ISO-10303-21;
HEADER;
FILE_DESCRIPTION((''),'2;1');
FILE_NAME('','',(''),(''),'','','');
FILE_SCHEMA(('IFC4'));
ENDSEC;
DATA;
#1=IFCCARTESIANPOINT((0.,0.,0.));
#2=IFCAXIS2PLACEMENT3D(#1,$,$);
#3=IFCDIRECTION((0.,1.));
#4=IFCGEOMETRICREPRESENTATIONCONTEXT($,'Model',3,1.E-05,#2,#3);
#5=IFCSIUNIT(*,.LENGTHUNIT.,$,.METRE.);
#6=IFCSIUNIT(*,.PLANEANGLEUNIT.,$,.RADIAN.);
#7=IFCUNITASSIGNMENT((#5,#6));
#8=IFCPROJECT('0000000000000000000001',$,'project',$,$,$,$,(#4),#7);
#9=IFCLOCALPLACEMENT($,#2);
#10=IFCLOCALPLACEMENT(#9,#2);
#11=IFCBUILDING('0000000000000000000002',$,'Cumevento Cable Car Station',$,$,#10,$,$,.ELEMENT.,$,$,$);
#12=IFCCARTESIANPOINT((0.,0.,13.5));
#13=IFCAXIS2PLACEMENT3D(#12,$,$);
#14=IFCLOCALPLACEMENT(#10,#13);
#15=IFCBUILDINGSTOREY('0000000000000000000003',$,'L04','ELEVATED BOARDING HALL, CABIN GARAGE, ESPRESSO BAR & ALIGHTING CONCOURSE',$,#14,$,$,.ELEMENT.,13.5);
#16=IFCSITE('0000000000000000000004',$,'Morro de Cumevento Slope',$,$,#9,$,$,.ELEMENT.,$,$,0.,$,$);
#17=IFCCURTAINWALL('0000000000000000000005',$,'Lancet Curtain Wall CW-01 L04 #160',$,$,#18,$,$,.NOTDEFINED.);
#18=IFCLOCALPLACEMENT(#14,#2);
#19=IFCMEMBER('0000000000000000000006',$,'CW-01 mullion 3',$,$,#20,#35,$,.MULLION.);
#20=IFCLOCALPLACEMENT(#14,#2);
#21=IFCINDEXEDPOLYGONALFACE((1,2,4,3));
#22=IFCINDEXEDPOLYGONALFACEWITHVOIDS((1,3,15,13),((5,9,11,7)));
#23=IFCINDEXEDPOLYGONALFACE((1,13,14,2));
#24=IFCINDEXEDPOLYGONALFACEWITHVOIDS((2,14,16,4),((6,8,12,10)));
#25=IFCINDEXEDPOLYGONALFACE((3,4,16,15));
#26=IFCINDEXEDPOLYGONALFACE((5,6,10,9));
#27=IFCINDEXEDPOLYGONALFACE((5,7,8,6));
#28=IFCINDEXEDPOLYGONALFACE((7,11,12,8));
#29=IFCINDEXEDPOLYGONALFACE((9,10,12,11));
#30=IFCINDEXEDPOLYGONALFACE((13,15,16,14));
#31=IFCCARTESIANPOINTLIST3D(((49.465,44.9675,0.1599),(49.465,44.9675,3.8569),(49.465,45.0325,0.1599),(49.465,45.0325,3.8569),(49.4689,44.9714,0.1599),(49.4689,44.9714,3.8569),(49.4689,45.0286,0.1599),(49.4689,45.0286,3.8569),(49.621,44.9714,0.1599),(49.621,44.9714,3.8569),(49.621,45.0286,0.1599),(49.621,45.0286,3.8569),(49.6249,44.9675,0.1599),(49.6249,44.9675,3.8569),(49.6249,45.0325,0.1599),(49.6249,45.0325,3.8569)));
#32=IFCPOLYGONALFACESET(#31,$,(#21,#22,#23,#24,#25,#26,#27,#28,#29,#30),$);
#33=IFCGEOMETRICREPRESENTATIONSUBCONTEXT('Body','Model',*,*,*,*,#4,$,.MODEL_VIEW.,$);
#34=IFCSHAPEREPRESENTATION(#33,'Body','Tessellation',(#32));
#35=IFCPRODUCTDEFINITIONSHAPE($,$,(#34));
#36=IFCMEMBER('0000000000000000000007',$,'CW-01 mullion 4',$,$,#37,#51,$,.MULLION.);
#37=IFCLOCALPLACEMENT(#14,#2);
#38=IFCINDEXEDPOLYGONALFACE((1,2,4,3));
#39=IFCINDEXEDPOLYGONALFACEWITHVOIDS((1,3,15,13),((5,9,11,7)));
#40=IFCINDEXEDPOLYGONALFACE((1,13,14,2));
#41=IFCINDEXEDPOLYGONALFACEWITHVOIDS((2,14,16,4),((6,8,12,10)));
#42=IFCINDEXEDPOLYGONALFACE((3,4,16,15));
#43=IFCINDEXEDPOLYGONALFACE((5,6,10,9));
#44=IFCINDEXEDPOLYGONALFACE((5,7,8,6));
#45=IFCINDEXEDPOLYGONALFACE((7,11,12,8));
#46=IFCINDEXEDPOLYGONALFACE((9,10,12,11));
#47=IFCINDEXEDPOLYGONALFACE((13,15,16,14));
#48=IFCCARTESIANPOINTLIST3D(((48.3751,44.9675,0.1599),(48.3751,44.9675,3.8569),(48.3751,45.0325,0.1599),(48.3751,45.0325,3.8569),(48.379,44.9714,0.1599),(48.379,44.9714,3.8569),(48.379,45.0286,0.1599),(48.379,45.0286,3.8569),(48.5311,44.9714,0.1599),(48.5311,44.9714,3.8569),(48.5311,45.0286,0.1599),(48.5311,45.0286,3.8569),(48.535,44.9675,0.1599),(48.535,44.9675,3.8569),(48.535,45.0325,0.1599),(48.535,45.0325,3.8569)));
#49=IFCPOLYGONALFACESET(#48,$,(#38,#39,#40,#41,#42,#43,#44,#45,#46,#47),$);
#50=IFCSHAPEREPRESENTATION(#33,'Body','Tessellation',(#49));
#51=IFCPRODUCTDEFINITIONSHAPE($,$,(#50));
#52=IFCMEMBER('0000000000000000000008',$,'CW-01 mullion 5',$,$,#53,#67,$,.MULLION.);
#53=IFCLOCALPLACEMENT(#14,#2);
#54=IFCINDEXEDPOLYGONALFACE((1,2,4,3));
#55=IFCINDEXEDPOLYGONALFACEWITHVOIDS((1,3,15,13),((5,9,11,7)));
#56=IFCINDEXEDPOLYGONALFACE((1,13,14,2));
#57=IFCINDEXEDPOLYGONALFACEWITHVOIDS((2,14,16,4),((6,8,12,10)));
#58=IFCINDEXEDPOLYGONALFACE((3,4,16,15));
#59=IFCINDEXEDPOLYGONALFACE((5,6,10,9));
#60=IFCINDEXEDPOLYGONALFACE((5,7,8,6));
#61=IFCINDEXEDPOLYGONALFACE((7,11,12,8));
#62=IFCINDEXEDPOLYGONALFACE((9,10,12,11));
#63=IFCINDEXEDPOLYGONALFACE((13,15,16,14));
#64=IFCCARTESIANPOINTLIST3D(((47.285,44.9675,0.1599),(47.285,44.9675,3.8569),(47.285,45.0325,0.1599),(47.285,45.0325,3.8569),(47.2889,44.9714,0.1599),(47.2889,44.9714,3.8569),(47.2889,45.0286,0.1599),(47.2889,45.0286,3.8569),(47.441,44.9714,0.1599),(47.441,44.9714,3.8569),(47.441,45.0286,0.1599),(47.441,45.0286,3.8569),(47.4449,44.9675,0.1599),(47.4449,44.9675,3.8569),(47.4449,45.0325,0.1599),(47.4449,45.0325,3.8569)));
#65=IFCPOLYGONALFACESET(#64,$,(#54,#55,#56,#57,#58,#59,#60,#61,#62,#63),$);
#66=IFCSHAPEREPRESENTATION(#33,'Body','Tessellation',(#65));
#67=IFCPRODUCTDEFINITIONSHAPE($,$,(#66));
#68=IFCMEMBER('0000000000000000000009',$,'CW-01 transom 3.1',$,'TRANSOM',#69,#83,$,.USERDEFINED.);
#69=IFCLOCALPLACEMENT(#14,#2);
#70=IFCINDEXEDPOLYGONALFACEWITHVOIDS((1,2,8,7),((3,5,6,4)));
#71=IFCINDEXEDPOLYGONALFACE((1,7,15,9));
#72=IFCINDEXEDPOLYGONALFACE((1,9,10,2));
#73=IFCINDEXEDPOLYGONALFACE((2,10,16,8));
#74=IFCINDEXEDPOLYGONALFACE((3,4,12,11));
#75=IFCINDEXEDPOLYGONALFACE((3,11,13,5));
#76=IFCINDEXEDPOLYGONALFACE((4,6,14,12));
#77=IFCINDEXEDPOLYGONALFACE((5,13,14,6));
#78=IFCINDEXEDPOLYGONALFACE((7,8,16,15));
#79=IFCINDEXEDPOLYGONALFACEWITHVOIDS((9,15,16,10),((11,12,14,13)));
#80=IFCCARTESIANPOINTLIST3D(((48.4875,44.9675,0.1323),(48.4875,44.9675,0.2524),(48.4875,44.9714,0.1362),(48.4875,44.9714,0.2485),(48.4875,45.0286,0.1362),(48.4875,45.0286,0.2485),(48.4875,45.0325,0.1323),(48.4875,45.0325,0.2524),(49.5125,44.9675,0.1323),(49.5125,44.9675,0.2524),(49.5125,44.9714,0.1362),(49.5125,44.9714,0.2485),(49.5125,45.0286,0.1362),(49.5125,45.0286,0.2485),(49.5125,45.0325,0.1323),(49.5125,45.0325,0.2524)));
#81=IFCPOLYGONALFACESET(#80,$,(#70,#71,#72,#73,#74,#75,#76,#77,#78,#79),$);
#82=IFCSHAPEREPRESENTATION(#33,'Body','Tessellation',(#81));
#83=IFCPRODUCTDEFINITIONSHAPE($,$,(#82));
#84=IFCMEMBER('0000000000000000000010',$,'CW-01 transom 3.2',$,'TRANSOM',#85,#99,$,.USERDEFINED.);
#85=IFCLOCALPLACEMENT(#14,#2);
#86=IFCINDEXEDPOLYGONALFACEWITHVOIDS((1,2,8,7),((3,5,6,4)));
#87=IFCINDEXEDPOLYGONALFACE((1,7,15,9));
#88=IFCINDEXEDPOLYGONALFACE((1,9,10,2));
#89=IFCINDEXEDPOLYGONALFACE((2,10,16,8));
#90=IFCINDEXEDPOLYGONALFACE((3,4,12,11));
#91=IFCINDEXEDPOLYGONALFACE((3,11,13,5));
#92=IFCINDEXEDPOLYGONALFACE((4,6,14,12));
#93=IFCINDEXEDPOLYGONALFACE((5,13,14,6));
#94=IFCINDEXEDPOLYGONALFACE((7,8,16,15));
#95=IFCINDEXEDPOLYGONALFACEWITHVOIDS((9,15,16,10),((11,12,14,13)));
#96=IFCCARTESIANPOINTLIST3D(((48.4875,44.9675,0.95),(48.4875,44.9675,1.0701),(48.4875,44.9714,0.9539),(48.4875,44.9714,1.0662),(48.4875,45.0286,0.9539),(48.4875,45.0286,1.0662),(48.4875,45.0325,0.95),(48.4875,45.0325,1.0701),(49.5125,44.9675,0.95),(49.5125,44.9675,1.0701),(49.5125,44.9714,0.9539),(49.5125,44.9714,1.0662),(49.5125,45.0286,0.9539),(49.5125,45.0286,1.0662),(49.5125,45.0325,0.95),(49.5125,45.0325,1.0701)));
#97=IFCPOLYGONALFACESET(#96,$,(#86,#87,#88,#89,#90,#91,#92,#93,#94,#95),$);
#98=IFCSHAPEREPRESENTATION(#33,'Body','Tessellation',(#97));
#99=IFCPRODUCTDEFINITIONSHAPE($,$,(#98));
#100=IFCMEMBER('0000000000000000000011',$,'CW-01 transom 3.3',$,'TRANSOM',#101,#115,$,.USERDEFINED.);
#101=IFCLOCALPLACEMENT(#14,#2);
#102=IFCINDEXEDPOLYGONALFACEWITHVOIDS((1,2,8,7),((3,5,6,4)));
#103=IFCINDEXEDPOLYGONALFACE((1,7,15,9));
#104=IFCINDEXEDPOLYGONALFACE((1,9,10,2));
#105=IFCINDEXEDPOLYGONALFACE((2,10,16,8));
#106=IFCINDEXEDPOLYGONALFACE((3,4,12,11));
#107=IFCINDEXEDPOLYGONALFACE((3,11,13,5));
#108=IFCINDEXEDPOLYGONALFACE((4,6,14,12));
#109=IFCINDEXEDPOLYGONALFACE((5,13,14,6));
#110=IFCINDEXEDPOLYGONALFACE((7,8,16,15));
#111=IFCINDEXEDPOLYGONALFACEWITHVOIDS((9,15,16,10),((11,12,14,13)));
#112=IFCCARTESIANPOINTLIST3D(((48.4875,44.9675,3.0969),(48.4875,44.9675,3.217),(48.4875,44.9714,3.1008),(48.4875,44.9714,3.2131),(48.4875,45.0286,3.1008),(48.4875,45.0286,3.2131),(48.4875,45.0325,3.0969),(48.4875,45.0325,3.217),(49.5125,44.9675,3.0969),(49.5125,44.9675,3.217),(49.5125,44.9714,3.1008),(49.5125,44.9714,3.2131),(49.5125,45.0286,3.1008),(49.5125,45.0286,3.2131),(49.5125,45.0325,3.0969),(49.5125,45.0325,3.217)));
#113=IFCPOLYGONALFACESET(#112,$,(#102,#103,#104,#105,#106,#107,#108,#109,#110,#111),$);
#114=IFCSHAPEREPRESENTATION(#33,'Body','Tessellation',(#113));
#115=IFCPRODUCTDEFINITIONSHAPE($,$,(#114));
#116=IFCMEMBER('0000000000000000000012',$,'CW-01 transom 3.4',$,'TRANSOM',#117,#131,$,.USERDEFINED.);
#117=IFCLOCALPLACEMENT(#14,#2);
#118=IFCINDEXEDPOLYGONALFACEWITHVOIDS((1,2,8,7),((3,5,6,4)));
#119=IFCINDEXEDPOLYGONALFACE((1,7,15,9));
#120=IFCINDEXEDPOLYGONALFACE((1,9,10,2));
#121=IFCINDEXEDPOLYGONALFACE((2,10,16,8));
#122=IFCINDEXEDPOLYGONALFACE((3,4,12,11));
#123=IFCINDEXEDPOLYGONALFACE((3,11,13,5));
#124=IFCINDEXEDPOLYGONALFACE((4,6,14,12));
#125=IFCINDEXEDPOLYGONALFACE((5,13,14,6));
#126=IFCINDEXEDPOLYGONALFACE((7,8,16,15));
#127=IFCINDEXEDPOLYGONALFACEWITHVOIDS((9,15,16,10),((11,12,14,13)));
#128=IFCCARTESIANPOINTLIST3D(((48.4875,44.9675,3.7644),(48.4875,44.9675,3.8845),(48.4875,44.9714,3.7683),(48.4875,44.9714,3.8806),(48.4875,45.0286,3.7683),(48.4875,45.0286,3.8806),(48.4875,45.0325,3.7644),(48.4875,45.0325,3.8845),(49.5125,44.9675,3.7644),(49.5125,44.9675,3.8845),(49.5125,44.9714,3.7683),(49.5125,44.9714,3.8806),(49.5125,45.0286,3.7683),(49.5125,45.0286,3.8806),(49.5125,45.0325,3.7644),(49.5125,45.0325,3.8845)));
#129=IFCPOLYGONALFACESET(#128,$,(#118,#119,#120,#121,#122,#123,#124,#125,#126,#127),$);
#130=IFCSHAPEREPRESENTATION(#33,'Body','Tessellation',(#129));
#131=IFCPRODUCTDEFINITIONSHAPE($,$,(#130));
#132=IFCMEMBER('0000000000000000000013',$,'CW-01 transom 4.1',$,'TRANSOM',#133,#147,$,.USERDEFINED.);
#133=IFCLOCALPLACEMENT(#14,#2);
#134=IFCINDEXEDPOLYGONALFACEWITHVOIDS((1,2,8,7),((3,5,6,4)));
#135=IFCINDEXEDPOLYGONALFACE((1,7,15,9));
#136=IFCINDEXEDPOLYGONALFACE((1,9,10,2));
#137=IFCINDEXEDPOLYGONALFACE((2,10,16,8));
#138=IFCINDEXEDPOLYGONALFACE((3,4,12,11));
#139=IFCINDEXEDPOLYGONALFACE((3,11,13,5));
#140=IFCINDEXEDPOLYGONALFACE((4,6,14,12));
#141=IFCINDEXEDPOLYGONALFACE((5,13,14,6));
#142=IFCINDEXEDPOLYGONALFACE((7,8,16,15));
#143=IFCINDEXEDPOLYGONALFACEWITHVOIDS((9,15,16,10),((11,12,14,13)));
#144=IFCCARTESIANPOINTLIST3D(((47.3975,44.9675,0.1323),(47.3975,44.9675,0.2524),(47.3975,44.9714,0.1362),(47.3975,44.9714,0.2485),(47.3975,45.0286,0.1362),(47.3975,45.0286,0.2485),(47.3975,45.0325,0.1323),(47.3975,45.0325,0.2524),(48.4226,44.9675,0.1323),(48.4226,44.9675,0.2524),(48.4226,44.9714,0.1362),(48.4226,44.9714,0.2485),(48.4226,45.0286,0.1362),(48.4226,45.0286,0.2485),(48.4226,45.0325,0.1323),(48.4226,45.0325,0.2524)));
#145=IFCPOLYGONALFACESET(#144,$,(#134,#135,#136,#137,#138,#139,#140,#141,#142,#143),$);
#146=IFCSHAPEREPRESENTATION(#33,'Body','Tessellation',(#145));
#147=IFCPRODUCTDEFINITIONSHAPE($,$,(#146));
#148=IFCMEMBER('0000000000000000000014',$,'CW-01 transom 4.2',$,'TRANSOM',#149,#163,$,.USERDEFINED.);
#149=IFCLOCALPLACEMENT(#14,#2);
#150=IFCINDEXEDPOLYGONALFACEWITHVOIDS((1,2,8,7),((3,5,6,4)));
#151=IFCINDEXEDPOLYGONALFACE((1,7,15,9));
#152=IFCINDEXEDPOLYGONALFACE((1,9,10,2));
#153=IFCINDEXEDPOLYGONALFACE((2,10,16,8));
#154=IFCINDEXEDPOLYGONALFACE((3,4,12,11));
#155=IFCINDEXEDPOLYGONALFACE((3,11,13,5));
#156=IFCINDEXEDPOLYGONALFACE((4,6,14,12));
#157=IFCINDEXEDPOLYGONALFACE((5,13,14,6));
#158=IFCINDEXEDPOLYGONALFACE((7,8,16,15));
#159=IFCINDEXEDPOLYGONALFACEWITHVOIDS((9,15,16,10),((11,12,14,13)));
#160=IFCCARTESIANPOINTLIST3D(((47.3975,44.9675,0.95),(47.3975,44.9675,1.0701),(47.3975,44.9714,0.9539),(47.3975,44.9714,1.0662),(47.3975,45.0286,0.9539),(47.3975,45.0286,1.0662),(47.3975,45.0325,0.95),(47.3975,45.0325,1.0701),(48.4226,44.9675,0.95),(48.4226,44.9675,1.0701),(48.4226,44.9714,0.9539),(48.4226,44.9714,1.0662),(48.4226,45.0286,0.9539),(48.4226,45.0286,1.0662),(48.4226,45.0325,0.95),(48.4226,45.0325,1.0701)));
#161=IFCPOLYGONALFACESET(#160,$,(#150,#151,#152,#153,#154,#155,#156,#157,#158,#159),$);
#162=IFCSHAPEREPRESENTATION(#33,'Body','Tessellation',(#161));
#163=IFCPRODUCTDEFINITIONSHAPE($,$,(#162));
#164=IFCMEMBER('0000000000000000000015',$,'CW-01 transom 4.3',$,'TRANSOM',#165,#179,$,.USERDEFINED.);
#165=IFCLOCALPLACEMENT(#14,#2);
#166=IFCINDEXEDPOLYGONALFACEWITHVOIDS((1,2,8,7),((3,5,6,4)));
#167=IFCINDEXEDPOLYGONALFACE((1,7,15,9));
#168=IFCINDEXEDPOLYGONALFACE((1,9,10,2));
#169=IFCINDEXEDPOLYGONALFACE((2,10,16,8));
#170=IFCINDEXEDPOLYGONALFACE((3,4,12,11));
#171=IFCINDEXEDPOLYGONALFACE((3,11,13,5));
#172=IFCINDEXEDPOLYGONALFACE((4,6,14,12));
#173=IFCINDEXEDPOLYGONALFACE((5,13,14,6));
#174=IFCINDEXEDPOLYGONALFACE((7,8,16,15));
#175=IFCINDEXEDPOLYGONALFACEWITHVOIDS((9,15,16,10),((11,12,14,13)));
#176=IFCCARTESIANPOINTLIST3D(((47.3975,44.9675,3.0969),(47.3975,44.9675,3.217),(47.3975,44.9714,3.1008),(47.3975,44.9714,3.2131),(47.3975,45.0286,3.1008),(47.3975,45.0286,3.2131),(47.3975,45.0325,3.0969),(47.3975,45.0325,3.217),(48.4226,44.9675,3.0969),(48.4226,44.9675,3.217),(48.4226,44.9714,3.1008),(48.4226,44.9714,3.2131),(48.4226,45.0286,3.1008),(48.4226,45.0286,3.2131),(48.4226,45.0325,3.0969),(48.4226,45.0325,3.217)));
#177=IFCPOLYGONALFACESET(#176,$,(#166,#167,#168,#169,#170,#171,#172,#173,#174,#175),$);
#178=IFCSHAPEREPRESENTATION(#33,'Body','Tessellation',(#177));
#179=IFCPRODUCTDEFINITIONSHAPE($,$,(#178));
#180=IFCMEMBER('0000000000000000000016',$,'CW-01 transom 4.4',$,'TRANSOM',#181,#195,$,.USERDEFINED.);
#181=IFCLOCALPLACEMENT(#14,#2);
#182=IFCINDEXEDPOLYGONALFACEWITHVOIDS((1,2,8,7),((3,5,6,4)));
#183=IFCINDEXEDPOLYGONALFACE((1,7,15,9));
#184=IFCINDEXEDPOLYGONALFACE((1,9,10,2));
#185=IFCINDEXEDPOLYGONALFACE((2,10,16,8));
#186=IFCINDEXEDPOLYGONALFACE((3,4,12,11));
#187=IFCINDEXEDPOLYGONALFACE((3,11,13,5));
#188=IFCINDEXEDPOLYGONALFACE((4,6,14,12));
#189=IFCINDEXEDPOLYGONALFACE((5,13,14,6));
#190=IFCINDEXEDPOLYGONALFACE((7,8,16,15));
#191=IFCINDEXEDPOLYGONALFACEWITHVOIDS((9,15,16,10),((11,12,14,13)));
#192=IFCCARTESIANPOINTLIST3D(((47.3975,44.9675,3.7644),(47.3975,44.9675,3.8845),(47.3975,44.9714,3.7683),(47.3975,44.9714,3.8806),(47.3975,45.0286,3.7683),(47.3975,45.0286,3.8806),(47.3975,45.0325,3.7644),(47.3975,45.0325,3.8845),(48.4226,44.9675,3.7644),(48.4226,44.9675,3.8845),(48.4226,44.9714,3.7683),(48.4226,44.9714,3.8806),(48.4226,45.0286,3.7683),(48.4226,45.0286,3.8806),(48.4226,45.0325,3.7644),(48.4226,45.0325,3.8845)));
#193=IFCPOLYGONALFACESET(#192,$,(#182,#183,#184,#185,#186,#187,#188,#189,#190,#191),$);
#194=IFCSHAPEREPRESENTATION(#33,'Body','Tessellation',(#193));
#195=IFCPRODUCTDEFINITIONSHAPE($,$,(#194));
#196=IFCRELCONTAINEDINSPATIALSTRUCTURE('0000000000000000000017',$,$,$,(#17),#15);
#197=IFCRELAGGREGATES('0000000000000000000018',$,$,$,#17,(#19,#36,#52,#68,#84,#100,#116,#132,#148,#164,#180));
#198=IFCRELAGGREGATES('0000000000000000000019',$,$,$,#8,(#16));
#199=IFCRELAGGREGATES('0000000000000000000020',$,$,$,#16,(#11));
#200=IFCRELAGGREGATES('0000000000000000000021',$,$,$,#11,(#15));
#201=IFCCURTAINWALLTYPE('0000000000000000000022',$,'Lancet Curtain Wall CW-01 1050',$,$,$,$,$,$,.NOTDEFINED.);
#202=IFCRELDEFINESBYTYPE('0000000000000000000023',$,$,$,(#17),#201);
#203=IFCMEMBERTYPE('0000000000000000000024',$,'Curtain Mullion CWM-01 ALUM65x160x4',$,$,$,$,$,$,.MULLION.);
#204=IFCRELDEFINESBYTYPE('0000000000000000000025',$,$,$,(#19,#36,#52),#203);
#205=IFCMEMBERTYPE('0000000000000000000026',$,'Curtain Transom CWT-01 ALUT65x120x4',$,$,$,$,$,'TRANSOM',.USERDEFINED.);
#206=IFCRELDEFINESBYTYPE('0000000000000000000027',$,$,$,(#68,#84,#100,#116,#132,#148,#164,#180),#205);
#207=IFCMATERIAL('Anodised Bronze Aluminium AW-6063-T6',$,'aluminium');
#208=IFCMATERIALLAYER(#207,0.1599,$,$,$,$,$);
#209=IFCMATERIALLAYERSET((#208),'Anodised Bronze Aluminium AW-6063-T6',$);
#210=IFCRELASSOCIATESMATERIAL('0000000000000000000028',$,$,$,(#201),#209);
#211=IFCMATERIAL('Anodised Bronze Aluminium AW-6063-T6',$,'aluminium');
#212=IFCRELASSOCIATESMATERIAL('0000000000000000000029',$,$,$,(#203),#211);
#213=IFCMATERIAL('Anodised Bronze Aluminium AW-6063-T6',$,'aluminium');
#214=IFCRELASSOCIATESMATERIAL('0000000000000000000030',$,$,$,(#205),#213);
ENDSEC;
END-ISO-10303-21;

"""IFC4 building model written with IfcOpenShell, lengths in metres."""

from ifc_helpers import new_model, si_unit, direction, frame, origin, origin_2d, place, context, subcontext, project, spatial, hollow_rectangle, extrude, material, layer, layer_set, material_profile, profile_set, type_object, element, aggregate, save


model = new_model("IFC4")

# Units and contexts
model_context = context("Model", 3, precision=1e-05, world=origin(), true_north=direction((0.0, 1.0)))
body_context = subcontext(model_context, "Body", "Model", "MODEL_VIEW")
ifc_project = project(units=[si_unit("LENGTHUNIT", "METRE"), si_unit("PLANEANGLEUNIT", "RADIAN")], contexts=[model_context])

# Site, building, storey
site_placement = place(None, origin())
site = spatial("IfcSite", under=ifc_project, at=site_placement, Name="Morro de Cumevento Slope", CompositionType="ELEMENT", RefElevation=0.0)
building_placement = place(site_placement, origin())
building = spatial("IfcBuilding", under=site, at=building_placement, Name="Cumevento Cable Car Station", CompositionType="ELEMENT")
storey_placement = place(building_placement, frame((0.0, 0.0, 13.5)))
storey = spatial("IfcBuildingStorey", under=building, at=storey_placement, Name="L04", Description="ELEVATED BOARDING HALL, CABIN GARAGE, ESPRESSO BAR & ALIGHTING CONCOURSE", CompositionType="ELEMENT", Elevation=13.5)

# Curtain wall, members
ifc_material_1 = material(Name="Anodised Bronze Aluminium AW-6063-T6", Category="aluminium")
ifc_layer_1 = layer(ifc_material_1, 0.1599)
ifc_layer_set_1 = layer_set([ifc_layer_1], Name="Anodised Bronze Aluminium AW-6063-T6")
curtain_wall_type = type_object("IfcCurtainWallType", Name="Lancet Curtain Wall CW-01 1050", PredefinedType="NOTDEFINED", material=ifc_layer_set_1)
curtain_wall_placement = place(storey_placement, origin())
curtain_wall = element("IfcCurtainWall", 1, at=curtain_wall_placement, inside=storey, type_object=curtain_wall_type, Name="Lancet Curtain Wall CW-01 L04 #160", PredefinedType="NOTDEFINED")
ifc_material_2 = material(Name="Anodised Bronze Aluminium AW-6063-T6", Category="aluminium")
ifc_material_profile_1 = material_profile(ifc_material_2, hollow_rectangle(XDim=0.0649, YDim=0.1599, WallThickness=0.0039, at=origin_2d()), Name="ALUM65x160x4")
ifc_profile_set_1 = profile_set([ifc_material_profile_1], Name="Anodised Bronze Aluminium AW-6063-T6")
member_type_1 = type_object("IfcMemberType", Name="Curtain Mullion CWM-01 ALUM65x160x4", PredefinedType="MULLION", material=ifc_profile_set_1)
member_1_placement = place(storey_placement, frame((49.5449, 45.0, 0.1599), z_axis=(0.0, 0.0, 1.0), x_axis=(0.0, -1.0, 0.0)))
member_1 = element("IfcMember", 2, at=member_1_placement, type_object=member_type_1, Name="CW-01 mullion 3", PredefinedType="MULLION", context=body_context, shape_type="SweptSolid", body=[
    extrude(hollow_rectangle(XDim=0.0649, YDim=0.1599, WallThickness=0.0039, at=origin_2d()), origin(), (0.0, 0.0, 1.0), 3.697),
])
member_2_placement = place(storey_placement, frame((48.4551, 45.0, 0.1599), z_axis=(0.0, 0.0, 1.0), x_axis=(0.0, -1.0, 0.0)))
member_2 = element("IfcMember", 3, at=member_2_placement, type_object=member_type_1, Name="CW-01 mullion 4", PredefinedType="MULLION", context=body_context, shape_type="SweptSolid", body=[
    extrude(hollow_rectangle(XDim=0.0649, YDim=0.1599, WallThickness=0.0039, at=origin_2d()), origin(), (0.0, 0.0, 1.0), 3.697),
])
member_3_placement = place(storey_placement, frame((47.365, 45.0, 0.1599), z_axis=(0.0, 0.0, 1.0), x_axis=(0.0, -1.0, 0.0)))
member_3 = element("IfcMember", 4, at=member_3_placement, type_object=member_type_1, Name="CW-01 mullion 5", PredefinedType="MULLION", context=body_context, shape_type="SweptSolid", body=[
    extrude(hollow_rectangle(XDim=0.0649, YDim=0.1599, WallThickness=0.0039, at=origin_2d()), origin(), (0.0, 0.0, 1.0), 3.697),
])
ifc_material_3 = material(Name="Anodised Bronze Aluminium AW-6063-T6", Category="aluminium")
ifc_material_profile_2 = material_profile(ifc_material_3, hollow_rectangle(XDim=0.0649, YDim=0.1201, WallThickness=0.0039, at=origin_2d()), Name="ALUT65x120x4")
ifc_profile_set_2 = profile_set([ifc_material_profile_2], Name="Anodised Bronze Aluminium AW-6063-T6")
member_type_2 = type_object("IfcMemberType", Name="Curtain Transom CWT-01 ALUT65x120x4", ElementType="TRANSOM", PredefinedType="USERDEFINED", material=ifc_profile_set_2)
member_4_placement = place(storey_placement, frame((49.5125, 45.0, 0.1924), z_axis=(-1.0, 0.0, 0.0), x_axis=(0.0, -1.0, 0.0)))
member_4 = element("IfcMember", 5, at=member_4_placement, type_object=member_type_2, Name="CW-01 transom 3.1", ObjectType="TRANSOM", PredefinedType="USERDEFINED", context=body_context, shape_type="SweptSolid", body=[
    extrude(hollow_rectangle(XDim=0.0649, YDim=0.1201, WallThickness=0.0039, at=origin_2d()), origin(), (0.0, 0.0, 1.0), 1.0249),
])
member_5_placement = place(storey_placement, frame((49.5125, 45.0, 1.01), z_axis=(-1.0, 0.0, 0.0), x_axis=(0.0, -1.0, 0.0)))
member_5 = element("IfcMember", 6, at=member_5_placement, type_object=member_type_2, Name="CW-01 transom 3.2", ObjectType="TRANSOM", PredefinedType="USERDEFINED", context=body_context, shape_type="SweptSolid", body=[
    extrude(hollow_rectangle(XDim=0.0649, YDim=0.1201, WallThickness=0.0039, at=origin_2d()), origin(), (0.0, 0.0, 1.0), 1.0249),
])
member_6_placement = place(storey_placement, frame((49.5125, 45.0, 3.157), z_axis=(-1.0, 0.0, 0.0), x_axis=(0.0, -1.0, 0.0)))
member_6 = element("IfcMember", 7, at=member_6_placement, type_object=member_type_2, Name="CW-01 transom 3.3", ObjectType="TRANSOM", PredefinedType="USERDEFINED", context=body_context, shape_type="SweptSolid", body=[
    extrude(hollow_rectangle(XDim=0.0649, YDim=0.1201, WallThickness=0.0039, at=origin_2d()), origin(), (0.0, 0.0, 1.0), 1.0249),
])
member_7_placement = place(storey_placement, frame((49.5125, 45.0, 3.8245), z_axis=(-1.0, 0.0, 0.0), x_axis=(0.0, -1.0, 0.0)))
member_7 = element("IfcMember", 8, at=member_7_placement, type_object=member_type_2, Name="CW-01 transom 3.4", ObjectType="TRANSOM", PredefinedType="USERDEFINED", context=body_context, shape_type="SweptSolid", body=[
    extrude(hollow_rectangle(XDim=0.0649, YDim=0.1201, WallThickness=0.0039, at=origin_2d()), origin(), (0.0, 0.0, 1.0), 1.0249),
])
member_8_placement = place(storey_placement, frame((48.4226, 45.0, 0.1924), z_axis=(-1.0, 0.0, 0.0), x_axis=(0.0, -1.0, 0.0)))
member_8 = element("IfcMember", 9, at=member_8_placement, type_object=member_type_2, Name="CW-01 transom 4.1", ObjectType="TRANSOM", PredefinedType="USERDEFINED", context=body_context, shape_type="SweptSolid", body=[
    extrude(hollow_rectangle(XDim=0.0649, YDim=0.1201, WallThickness=0.0039, at=origin_2d()), origin(), (0.0, 0.0, 1.0), 1.0251),
])
member_9_placement = place(storey_placement, frame((48.4226, 45.0, 1.01), z_axis=(-1.0, 0.0, 0.0), x_axis=(0.0, -1.0, 0.0)))
member_9 = element("IfcMember", 10, at=member_9_placement, type_object=member_type_2, Name="CW-01 transom 4.2", ObjectType="TRANSOM", PredefinedType="USERDEFINED", context=body_context, shape_type="SweptSolid", body=[
    extrude(hollow_rectangle(XDim=0.0649, YDim=0.1201, WallThickness=0.0039, at=origin_2d()), origin(), (0.0, 0.0, 1.0), 1.0251),
])
member_10_placement = place(storey_placement, frame((48.4226, 45.0, 3.157), z_axis=(-1.0, 0.0, 0.0), x_axis=(0.0, -1.0, 0.0)))
member_10 = element("IfcMember", 11, at=member_10_placement, type_object=member_type_2, Name="CW-01 transom 4.3", ObjectType="TRANSOM", PredefinedType="USERDEFINED", context=body_context, shape_type="SweptSolid", body=[
    extrude(hollow_rectangle(XDim=0.0649, YDim=0.1201, WallThickness=0.0039, at=origin_2d()), origin(), (0.0, 0.0, 1.0), 1.0251),
])
member_11_placement = place(storey_placement, frame((48.4226, 45.0, 3.8245), z_axis=(-1.0, 0.0, 0.0), x_axis=(0.0, -1.0, 0.0)))
member_11 = element("IfcMember", 12, at=member_11_placement, type_object=member_type_2, Name="CW-01 transom 4.4", ObjectType="TRANSOM", PredefinedType="USERDEFINED", context=body_context, shape_type="SweptSolid", body=[
    extrude(hollow_rectangle(XDim=0.0649, YDim=0.1201, WallThickness=0.0039, at=origin_2d()), origin(), (0.0, 0.0, 1.0), 1.0251),
])
aggregate(curtain_wall, [member_1, member_2, member_3, member_4, member_5, member_6, member_7, member_8, member_9, member_10, member_11])

save(model, "model.ifc")
